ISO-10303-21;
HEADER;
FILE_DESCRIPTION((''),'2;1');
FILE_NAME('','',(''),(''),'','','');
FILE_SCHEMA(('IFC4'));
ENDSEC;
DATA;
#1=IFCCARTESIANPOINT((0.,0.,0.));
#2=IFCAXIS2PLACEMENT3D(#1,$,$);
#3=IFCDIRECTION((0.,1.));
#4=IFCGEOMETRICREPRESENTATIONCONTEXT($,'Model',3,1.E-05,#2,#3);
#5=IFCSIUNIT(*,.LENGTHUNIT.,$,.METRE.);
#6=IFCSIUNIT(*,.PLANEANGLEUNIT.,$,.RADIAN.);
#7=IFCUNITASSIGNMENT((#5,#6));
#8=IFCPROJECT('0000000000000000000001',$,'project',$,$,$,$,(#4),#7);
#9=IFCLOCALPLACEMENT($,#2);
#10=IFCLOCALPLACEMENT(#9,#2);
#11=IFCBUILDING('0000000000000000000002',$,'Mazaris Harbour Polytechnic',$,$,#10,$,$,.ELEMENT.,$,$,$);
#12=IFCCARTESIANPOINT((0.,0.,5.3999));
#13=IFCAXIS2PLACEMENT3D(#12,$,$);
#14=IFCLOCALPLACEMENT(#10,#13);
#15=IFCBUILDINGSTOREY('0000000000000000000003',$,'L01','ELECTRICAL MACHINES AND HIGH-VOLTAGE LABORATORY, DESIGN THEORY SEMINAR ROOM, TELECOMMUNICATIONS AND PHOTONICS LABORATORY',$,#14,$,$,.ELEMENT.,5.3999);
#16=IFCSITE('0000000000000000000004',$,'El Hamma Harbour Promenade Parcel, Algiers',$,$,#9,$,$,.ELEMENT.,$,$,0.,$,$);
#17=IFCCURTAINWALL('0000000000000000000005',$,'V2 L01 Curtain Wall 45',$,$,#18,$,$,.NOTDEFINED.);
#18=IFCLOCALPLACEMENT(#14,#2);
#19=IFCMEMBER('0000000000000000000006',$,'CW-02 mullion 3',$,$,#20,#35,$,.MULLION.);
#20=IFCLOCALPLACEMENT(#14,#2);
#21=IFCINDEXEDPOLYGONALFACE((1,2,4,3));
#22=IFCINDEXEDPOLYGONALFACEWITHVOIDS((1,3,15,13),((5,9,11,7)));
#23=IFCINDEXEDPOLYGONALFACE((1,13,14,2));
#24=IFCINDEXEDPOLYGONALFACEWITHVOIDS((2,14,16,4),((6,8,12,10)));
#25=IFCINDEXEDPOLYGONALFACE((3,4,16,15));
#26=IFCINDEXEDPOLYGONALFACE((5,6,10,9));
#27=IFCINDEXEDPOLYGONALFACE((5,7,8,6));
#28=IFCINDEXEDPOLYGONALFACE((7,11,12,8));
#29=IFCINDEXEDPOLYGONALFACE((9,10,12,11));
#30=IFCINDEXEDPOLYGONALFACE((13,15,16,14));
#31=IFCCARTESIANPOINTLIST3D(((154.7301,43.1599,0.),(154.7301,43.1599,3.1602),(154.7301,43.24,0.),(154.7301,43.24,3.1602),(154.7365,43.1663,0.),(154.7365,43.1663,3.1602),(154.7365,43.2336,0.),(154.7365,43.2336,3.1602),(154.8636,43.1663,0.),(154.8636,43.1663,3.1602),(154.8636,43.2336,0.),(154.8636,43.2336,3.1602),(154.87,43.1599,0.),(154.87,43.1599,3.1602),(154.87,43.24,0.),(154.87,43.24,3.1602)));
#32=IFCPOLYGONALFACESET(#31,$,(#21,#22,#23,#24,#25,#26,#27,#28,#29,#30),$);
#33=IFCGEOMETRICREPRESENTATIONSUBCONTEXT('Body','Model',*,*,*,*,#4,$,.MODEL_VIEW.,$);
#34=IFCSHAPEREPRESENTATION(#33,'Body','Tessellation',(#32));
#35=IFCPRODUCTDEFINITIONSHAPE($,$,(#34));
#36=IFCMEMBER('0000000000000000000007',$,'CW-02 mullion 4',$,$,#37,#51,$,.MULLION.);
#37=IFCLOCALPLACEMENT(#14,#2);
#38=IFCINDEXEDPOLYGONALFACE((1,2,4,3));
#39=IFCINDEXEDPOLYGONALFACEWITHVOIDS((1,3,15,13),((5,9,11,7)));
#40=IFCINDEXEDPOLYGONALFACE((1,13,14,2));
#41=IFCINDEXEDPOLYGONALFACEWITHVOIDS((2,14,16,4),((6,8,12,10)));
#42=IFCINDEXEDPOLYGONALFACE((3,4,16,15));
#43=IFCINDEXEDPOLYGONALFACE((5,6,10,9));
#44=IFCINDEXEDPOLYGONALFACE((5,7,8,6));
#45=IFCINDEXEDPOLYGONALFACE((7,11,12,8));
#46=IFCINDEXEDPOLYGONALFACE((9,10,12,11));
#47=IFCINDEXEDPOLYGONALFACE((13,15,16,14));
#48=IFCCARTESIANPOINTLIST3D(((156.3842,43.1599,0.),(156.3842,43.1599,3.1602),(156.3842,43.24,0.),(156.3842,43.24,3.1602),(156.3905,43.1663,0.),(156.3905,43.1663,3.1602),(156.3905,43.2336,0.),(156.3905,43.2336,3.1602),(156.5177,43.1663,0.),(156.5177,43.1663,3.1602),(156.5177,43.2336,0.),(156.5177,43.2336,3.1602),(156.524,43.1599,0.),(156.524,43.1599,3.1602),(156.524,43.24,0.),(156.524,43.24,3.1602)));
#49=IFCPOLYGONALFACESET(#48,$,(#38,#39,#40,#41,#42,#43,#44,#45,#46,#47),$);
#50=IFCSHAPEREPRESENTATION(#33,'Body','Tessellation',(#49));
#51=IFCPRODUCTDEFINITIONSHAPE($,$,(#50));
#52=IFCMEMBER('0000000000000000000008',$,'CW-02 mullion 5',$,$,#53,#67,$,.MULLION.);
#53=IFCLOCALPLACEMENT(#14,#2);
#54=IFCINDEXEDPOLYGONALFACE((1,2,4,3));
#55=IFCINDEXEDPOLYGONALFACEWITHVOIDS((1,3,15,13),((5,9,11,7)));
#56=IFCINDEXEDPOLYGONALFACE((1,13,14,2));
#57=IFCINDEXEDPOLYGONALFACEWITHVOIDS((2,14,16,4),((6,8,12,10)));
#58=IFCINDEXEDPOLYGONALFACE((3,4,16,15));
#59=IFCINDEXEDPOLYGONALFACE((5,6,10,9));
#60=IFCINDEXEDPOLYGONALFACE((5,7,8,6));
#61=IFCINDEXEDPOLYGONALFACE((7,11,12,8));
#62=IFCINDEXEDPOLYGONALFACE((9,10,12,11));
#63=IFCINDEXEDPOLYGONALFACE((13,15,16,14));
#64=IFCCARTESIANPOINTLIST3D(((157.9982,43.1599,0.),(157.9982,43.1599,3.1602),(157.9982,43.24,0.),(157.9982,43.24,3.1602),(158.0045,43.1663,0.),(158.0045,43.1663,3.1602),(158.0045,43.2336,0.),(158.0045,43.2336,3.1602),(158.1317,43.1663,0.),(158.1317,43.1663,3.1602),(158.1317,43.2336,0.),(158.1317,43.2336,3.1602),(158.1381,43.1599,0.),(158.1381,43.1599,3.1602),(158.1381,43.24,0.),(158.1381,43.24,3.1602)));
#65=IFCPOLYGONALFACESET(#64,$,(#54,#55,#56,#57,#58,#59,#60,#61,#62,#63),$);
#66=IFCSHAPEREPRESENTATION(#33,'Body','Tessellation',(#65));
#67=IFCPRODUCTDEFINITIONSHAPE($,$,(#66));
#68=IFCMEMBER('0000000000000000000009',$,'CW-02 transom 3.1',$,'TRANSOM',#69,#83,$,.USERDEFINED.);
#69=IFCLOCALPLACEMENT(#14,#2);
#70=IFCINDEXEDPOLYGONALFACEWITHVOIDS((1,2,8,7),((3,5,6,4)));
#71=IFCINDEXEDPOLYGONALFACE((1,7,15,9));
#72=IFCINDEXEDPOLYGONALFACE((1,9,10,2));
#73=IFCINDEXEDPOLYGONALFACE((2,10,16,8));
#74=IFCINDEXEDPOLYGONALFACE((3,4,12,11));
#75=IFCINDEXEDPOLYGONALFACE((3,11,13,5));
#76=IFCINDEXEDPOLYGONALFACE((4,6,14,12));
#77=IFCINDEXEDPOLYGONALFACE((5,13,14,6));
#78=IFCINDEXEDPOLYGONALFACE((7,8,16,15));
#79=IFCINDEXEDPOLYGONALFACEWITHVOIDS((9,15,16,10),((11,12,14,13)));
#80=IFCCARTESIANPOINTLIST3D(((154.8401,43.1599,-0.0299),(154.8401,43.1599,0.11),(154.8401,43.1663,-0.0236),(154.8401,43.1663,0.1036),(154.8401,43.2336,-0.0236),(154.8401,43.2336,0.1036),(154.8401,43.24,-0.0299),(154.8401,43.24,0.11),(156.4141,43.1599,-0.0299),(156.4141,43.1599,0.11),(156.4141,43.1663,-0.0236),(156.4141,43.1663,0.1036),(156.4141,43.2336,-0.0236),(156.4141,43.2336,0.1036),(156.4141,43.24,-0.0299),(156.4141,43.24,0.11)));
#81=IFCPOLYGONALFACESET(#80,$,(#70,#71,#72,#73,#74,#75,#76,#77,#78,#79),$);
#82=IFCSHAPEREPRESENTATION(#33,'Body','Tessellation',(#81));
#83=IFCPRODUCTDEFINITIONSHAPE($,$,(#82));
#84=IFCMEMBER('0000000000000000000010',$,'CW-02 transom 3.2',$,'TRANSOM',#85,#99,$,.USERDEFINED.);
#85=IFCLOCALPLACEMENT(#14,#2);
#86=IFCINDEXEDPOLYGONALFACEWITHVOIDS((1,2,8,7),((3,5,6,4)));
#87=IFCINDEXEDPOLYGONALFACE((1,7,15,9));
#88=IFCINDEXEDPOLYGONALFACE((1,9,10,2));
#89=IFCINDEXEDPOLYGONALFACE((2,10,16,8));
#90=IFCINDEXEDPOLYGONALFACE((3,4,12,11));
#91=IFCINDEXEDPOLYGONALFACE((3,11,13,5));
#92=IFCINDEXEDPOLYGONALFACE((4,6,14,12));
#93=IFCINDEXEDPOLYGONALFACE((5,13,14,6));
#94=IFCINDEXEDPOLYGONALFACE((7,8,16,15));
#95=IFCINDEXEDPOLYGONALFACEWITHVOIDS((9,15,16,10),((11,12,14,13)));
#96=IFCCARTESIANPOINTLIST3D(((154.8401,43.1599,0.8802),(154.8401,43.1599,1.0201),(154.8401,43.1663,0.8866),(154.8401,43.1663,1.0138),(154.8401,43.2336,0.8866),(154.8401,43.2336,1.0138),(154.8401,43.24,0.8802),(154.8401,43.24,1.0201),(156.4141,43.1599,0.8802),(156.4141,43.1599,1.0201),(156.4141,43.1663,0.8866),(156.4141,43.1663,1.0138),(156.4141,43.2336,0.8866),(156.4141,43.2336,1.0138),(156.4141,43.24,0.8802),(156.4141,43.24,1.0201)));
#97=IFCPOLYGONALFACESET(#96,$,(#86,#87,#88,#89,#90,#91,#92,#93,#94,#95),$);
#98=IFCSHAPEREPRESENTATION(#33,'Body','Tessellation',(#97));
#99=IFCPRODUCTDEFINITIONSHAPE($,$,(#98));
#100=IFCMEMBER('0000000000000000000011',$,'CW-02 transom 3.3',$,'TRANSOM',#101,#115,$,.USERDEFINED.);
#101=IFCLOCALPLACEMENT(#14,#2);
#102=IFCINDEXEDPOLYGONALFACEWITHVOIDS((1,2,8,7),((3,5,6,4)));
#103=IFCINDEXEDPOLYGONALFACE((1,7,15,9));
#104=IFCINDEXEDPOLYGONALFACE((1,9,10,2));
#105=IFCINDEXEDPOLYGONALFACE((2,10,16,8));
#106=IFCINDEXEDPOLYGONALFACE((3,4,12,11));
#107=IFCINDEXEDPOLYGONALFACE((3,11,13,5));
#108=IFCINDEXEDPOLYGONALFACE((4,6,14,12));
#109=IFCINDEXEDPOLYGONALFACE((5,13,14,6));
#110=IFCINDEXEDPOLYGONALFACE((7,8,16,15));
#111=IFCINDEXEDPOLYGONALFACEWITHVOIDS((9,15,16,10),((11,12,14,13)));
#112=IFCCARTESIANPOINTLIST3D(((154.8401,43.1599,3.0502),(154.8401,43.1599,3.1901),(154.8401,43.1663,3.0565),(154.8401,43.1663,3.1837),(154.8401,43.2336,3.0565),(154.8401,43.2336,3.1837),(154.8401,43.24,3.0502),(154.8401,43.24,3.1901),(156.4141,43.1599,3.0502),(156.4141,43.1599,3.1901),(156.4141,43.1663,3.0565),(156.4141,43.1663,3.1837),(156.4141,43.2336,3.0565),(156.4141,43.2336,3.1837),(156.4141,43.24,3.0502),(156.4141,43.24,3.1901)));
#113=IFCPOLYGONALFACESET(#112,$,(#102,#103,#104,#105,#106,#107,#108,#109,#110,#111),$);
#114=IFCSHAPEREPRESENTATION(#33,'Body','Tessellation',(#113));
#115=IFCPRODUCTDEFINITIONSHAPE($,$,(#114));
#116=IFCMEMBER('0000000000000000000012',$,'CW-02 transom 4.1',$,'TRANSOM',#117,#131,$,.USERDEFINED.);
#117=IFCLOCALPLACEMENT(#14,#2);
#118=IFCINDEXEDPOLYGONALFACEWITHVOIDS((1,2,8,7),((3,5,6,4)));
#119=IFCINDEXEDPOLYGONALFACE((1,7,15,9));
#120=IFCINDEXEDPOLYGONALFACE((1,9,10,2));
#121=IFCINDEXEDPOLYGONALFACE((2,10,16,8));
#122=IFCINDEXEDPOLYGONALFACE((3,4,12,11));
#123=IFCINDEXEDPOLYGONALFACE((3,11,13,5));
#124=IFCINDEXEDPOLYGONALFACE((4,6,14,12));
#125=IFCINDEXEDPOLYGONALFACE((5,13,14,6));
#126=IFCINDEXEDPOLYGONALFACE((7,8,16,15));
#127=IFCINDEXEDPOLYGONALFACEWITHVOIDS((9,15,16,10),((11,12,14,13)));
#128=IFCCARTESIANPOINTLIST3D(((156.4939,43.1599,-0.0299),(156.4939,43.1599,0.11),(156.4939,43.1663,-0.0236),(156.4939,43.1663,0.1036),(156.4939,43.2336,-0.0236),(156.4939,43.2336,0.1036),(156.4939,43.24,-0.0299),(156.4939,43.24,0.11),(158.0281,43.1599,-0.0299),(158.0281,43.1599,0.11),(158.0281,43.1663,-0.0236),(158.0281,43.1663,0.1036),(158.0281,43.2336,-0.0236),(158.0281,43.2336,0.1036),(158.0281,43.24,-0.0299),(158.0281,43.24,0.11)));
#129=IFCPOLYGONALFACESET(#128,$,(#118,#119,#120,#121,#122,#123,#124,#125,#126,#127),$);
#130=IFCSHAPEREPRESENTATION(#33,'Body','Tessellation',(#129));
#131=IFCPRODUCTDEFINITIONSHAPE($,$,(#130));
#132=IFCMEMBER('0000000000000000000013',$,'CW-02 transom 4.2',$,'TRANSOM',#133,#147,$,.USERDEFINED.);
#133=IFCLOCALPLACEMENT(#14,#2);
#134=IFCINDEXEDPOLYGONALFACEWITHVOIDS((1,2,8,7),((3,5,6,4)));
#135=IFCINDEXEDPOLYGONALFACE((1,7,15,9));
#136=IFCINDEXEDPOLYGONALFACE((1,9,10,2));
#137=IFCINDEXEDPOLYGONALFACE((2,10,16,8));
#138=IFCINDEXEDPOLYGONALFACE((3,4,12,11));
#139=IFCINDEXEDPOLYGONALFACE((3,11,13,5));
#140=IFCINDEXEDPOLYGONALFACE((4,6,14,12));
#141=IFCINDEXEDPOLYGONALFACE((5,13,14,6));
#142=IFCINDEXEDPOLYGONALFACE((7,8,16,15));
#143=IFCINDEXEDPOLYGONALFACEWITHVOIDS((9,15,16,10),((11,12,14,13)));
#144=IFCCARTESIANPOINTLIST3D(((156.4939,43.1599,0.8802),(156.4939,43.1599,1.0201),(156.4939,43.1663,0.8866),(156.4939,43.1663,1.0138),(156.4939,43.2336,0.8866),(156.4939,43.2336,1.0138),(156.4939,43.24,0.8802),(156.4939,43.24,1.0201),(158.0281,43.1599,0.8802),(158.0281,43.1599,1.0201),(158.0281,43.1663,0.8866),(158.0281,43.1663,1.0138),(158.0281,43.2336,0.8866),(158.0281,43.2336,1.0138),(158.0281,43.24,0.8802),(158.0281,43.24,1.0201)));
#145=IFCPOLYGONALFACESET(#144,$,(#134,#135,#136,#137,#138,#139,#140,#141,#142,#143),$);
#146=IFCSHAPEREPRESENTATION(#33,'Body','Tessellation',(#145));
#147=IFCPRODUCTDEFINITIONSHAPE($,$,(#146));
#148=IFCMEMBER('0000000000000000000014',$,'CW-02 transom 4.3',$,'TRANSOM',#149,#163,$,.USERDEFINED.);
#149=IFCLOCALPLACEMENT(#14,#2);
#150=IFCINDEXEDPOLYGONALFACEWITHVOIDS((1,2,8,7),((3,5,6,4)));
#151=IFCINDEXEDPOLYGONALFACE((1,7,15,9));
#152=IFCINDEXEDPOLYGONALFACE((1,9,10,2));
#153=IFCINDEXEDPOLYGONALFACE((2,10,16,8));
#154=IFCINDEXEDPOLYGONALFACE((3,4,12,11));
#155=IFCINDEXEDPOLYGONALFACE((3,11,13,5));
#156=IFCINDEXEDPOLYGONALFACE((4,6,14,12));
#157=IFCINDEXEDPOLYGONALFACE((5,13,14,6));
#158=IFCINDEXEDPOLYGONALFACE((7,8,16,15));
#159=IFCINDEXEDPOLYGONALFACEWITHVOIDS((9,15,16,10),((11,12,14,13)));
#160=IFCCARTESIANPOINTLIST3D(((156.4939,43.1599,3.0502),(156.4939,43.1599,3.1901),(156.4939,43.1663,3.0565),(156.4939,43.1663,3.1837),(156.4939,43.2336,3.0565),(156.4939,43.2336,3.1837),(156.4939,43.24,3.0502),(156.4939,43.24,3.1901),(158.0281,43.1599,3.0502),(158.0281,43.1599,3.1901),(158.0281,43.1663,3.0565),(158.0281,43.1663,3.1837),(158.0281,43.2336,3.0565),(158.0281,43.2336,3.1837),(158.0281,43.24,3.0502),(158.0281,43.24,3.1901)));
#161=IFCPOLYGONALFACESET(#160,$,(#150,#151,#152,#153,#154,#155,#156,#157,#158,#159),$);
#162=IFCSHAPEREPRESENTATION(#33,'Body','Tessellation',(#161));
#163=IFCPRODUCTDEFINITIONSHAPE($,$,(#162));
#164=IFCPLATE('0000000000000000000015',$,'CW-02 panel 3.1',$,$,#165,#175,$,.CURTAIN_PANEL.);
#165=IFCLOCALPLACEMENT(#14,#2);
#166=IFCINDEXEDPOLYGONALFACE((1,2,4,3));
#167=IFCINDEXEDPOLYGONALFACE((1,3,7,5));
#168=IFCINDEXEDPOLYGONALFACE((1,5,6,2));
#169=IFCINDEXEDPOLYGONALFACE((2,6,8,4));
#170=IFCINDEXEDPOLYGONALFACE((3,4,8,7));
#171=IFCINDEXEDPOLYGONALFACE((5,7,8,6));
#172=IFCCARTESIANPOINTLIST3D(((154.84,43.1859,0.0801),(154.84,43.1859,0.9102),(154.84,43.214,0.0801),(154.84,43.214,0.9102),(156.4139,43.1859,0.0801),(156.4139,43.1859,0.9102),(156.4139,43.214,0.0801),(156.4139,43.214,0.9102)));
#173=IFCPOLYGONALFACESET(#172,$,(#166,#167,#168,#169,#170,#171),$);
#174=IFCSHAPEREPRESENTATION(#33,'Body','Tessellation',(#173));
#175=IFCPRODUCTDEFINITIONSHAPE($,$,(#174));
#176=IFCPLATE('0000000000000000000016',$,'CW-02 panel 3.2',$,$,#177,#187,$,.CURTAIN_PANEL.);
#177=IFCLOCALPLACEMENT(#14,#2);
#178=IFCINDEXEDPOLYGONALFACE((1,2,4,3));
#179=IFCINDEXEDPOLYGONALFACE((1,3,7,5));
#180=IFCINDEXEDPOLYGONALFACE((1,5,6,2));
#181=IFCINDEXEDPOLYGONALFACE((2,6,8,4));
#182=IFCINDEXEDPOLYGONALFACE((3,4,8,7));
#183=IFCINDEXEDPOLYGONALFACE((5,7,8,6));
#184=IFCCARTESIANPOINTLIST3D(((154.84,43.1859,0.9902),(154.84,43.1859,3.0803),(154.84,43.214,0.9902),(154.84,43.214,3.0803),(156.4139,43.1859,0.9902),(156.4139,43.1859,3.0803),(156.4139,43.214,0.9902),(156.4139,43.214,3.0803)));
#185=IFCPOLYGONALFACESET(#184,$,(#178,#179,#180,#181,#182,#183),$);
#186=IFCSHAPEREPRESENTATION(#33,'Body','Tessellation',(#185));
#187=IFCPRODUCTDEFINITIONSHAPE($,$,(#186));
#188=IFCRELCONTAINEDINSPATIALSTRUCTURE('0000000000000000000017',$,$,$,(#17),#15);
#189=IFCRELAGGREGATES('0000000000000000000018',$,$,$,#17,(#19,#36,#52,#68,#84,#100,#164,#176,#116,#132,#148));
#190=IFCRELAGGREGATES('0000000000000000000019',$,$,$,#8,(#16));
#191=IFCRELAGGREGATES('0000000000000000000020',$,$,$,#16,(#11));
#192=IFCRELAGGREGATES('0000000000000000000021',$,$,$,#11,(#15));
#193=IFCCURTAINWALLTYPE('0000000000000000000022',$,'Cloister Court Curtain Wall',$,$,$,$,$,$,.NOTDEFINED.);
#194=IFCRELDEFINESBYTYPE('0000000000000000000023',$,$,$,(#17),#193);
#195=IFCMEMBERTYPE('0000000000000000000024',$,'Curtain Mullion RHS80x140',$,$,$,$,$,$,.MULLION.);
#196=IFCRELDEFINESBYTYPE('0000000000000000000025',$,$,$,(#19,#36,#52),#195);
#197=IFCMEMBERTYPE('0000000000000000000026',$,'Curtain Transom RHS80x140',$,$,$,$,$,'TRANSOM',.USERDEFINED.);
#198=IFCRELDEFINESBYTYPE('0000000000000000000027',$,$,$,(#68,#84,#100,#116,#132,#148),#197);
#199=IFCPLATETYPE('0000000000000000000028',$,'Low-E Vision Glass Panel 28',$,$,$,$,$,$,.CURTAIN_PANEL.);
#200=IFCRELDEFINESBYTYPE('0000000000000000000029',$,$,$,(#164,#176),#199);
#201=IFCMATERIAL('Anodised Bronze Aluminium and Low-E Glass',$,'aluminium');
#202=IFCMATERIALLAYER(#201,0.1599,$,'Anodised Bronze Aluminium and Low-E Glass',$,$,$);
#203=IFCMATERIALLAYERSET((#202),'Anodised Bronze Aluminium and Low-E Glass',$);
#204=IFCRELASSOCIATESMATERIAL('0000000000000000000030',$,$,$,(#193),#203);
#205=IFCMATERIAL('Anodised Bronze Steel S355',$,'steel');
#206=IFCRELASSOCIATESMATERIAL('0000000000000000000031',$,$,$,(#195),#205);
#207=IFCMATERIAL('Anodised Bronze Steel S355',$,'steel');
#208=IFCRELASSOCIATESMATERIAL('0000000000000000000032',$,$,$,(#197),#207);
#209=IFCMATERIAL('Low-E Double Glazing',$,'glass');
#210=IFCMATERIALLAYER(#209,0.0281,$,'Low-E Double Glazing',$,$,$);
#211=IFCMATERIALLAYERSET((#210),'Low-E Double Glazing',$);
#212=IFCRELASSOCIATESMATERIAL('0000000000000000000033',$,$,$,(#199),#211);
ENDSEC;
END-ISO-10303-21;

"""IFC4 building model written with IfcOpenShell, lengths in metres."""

from ifc_helpers import new_model, si_unit, direction, frame, origin, origin_2d, place, context, subcontext, project, spatial, rectangle, hollow_rectangle, extrude, material, layer, layer_set, material_profile, profile_set, type_object, element, aggregate, save


model = new_model("IFC4")

# Units and contexts
model_context = context("Model", 3, precision=1e-05, world=origin(), true_north=direction((0.0, 1.0)))
body_context = subcontext(model_context, "Body", "Model", "MODEL_VIEW")
ifc_project = project(units=[si_unit("LENGTHUNIT", "METRE"), si_unit("PLANEANGLEUNIT", "RADIAN")], contexts=[model_context])

# Site, building, storey
site_placement = place(None, origin())
site = spatial("IfcSite", under=ifc_project, at=site_placement, Name="El Hamma Harbour Promenade Parcel, Algiers", CompositionType="ELEMENT", RefElevation=0.0)
building_placement = place(site_placement, origin())
building = spatial("IfcBuilding", under=site, at=building_placement, Name="Mazaris Harbour Polytechnic", CompositionType="ELEMENT")
storey_placement = place(building_placement, frame((0.0, 0.0, 5.3999)))
storey = spatial("IfcBuildingStorey", under=building, at=storey_placement, Name="L01", Description="ELECTRICAL MACHINES AND HIGH-VOLTAGE LABORATORY, DESIGN THEORY SEMINAR ROOM, TELECOMMUNICATIONS AND PHOTONICS LABORATORY", CompositionType="ELEMENT", Elevation=5.3999)

# Curtain wall, members, plates
ifc_material_1 = material(Name="Anodised Bronze Aluminium and Low-E Glass", Category="aluminium")
ifc_layer_1 = layer(ifc_material_1, 0.1599, Name="Anodised Bronze Aluminium and Low-E Glass")
ifc_layer_set_1 = layer_set([ifc_layer_1], Name="Anodised Bronze Aluminium and Low-E Glass")
curtain_wall_type = type_object("IfcCurtainWallType", Name="Cloister Court Curtain Wall", PredefinedType="NOTDEFINED", material=ifc_layer_set_1)
curtain_wall_placement = place(storey_placement, origin())
curtain_wall = element("IfcCurtainWall", 1, at=curtain_wall_placement, inside=storey, type_object=curtain_wall_type, Name="V2 L01 Curtain Wall 45", PredefinedType="NOTDEFINED")
ifc_material_2 = material(Name="Anodised Bronze Steel S355", Category="steel")
ifc_material_profile_1 = material_profile(ifc_material_2, hollow_rectangle(XDim=0.0801, YDim=0.1399, WallThickness=0.0063, at=origin_2d()), Name="RHS 80x140x6.3")
ifc_profile_set_1 = profile_set([ifc_material_profile_1], Name="Anodised Bronze Steel S355")
member_type_1 = type_object("IfcMemberType", Name="Curtain Mullion RHS80x140", PredefinedType="MULLION", material=ifc_profile_set_1)
member_1_placement = place(storey_placement, frame((154.8, 43.2, 0.0), z_axis=(0.0, 0.0, 1.0), x_axis=(0.0, 1.0, 0.0)))
member_1 = element("IfcMember", 2, at=member_1_placement, type_object=member_type_1, Name="CW-02 mullion 3", PredefinedType="MULLION", context=body_context, shape_type="SweptSolid", body=[
    extrude(hollow_rectangle(XDim=0.0801, YDim=0.1399, WallThickness=0.0063, at=origin_2d()), origin(), (0.0, 0.0, 1.0), 3.1602),
])
member_2_placement = place(storey_placement, frame((156.4541, 43.2, 0.0), z_axis=(0.0, 0.0, 1.0), x_axis=(0.0, 1.0, 0.0)))
member_2 = element("IfcMember", 3, at=member_2_placement, type_object=member_type_1, Name="CW-02 mullion 4", PredefinedType="MULLION", context=body_context, shape_type="SweptSolid", body=[
    extrude(hollow_rectangle(XDim=0.0801, YDim=0.1399, WallThickness=0.0063, at=origin_2d()), origin(), (0.0, 0.0, 1.0), 3.1602),
])
member_3_placement = place(storey_placement, frame((158.0681, 43.2, 0.0), z_axis=(0.0, 0.0, 1.0), x_axis=(0.0, 1.0, 0.0)))
member_3 = element("IfcMember", 4, at=member_3_placement, type_object=member_type_1, Name="CW-02 mullion 5", PredefinedType="MULLION", context=body_context, shape_type="SweptSolid", body=[
    extrude(hollow_rectangle(XDim=0.0801, YDim=0.1399, WallThickness=0.0063, at=origin_2d()), origin(), (0.0, 0.0, 1.0), 3.1602),
])
ifc_material_3 = material(Name="Anodised Bronze Steel S355", Category="steel")
ifc_material_profile_2 = material_profile(ifc_material_3, hollow_rectangle(XDim=0.0801, YDim=0.1399, WallThickness=0.0063, at=origin_2d()), Name="RHS 80x140x6.3")
ifc_profile_set_2 = profile_set([ifc_material_profile_2], Name="Anodised Bronze Steel S355")
member_type_2 = type_object("IfcMemberType", Name="Curtain Transom RHS80x140", ElementType="TRANSOM", PredefinedType="USERDEFINED", material=ifc_profile_set_2)
member_4_placement = place(storey_placement, frame((154.8401, 43.2, 0.04), z_axis=(1.0, 0.0, 0.0), x_axis=(0.0, 1.0, 0.0)))
member_4 = element("IfcMember", 5, at=member_4_placement, type_object=member_type_2, Name="CW-02 transom 3.1", ObjectType="TRANSOM", PredefinedType="USERDEFINED", context=body_context, shape_type="SweptSolid", body=[
    extrude(hollow_rectangle(XDim=0.0801, YDim=0.1399, WallThickness=0.0063, at=origin_2d()), origin(), (0.0, 0.0, 1.0), 1.574),
])
member_5_placement = place(storey_placement, frame((154.8401, 43.2, 0.9502), z_axis=(1.0, 0.0, 0.0), x_axis=(0.0, 1.0, 0.0)))
member_5 = element("IfcMember", 6, at=member_5_placement, type_object=member_type_2, Name="CW-02 transom 3.2", ObjectType="TRANSOM", PredefinedType="USERDEFINED", context=body_context, shape_type="SweptSolid", body=[
    extrude(hollow_rectangle(XDim=0.0801, YDim=0.1399, WallThickness=0.0063, at=origin_2d()), origin(), (0.0, 0.0, 1.0), 1.574),
])
member_6_placement = place(storey_placement, frame((154.8401, 43.2, 3.1201), z_axis=(1.0, 0.0, 0.0), x_axis=(0.0, 1.0, 0.0)))
member_6 = element("IfcMember", 7, at=member_6_placement, type_object=member_type_2, Name="CW-02 transom 3.3", ObjectType="TRANSOM", PredefinedType="USERDEFINED", context=body_context, shape_type="SweptSolid", body=[
    extrude(hollow_rectangle(XDim=0.0801, YDim=0.1399, WallThickness=0.0063, at=origin_2d()), origin(), (0.0, 0.0, 1.0), 1.574),
])
member_7_placement = place(storey_placement, frame((156.4939, 43.2, 0.04), z_axis=(1.0, 0.0, 0.0), x_axis=(0.0, 1.0, 0.0)))
member_7 = element("IfcMember", 8, at=member_7_placement, type_object=member_type_2, Name="CW-02 transom 4.1", ObjectType="TRANSOM", PredefinedType="USERDEFINED", context=body_context, shape_type="SweptSolid", body=[
    extrude(hollow_rectangle(XDim=0.0801, YDim=0.1399, WallThickness=0.0063, at=origin_2d()), origin(), (0.0, 0.0, 1.0), 1.5342),
])
member_8_placement = place(storey_placement, frame((156.4939, 43.2, 0.9502), z_axis=(1.0, 0.0, 0.0), x_axis=(0.0, 1.0, 0.0)))
member_8 = element("IfcMember", 9, at=member_8_placement, type_object=member_type_2, Name="CW-02 transom 4.2", ObjectType="TRANSOM", PredefinedType="USERDEFINED", context=body_context, shape_type="SweptSolid", body=[
    extrude(hollow_rectangle(XDim=0.0801, YDim=0.1399, WallThickness=0.0063, at=origin_2d()), origin(), (0.0, 0.0, 1.0), 1.5342),
])
member_9_placement = place(storey_placement, frame((156.4939, 43.2, 3.1201), z_axis=(1.0, 0.0, 0.0), x_axis=(0.0, 1.0, 0.0)))
member_9 = element("IfcMember", 10, at=member_9_placement, type_object=member_type_2, Name="CW-02 transom 4.3", ObjectType="TRANSOM", PredefinedType="USERDEFINED", context=body_context, shape_type="SweptSolid", body=[
    extrude(hollow_rectangle(XDim=0.0801, YDim=0.1399, WallThickness=0.0063, at=origin_2d()), origin(), (0.0, 0.0, 1.0), 1.5342),
])
ifc_material_4 = material(Name="Low-E Double Glazing", Category="glass")
ifc_layer_2 = layer(ifc_material_4, 0.0281, Name="Low-E Double Glazing")
ifc_layer_set_2 = layer_set([ifc_layer_2], Name="Low-E Double Glazing")
plate_type = type_object("IfcPlateType", Name="Low-E Vision Glass Panel 28", PredefinedType="CURTAIN_PANEL", material=ifc_layer_set_2)
plate_1_placement = place(storey_placement, frame((155.627, 43.2, 0.0801), z_axis=(0.0, 0.0, 1.0), x_axis=(1.0, 0.0, 0.0)))
plate_1 = element("IfcPlate", 11, at=plate_1_placement, type_object=plate_type, Name="CW-02 panel 3.1", PredefinedType="CURTAIN_PANEL", context=body_context, shape_type="SweptSolid", body=[
    extrude(rectangle(XDim=1.574, YDim=0.0281, at=origin_2d()), origin(), (0.0, 0.0, 1.0), 0.8301),
])
plate_2_placement = place(storey_placement, frame((155.627, 43.2, 0.9902), z_axis=(0.0, 0.0, 1.0), x_axis=(1.0, 0.0, 0.0)))
plate_2 = element("IfcPlate", 12, at=plate_2_placement, type_object=plate_type, Name="CW-02 panel 3.2", PredefinedType="CURTAIN_PANEL", context=body_context, shape_type="SweptSolid", body=[
    extrude(rectangle(XDim=1.574, YDim=0.0281, at=origin_2d()), origin(), (0.0, 0.0, 1.0), 2.0901),
])
aggregate(curtain_wall, [member_1, member_2, member_3, member_4, member_5, member_6, plate_1, plate_2, member_7, member_8, member_9])

save(model, "model.ifc")
